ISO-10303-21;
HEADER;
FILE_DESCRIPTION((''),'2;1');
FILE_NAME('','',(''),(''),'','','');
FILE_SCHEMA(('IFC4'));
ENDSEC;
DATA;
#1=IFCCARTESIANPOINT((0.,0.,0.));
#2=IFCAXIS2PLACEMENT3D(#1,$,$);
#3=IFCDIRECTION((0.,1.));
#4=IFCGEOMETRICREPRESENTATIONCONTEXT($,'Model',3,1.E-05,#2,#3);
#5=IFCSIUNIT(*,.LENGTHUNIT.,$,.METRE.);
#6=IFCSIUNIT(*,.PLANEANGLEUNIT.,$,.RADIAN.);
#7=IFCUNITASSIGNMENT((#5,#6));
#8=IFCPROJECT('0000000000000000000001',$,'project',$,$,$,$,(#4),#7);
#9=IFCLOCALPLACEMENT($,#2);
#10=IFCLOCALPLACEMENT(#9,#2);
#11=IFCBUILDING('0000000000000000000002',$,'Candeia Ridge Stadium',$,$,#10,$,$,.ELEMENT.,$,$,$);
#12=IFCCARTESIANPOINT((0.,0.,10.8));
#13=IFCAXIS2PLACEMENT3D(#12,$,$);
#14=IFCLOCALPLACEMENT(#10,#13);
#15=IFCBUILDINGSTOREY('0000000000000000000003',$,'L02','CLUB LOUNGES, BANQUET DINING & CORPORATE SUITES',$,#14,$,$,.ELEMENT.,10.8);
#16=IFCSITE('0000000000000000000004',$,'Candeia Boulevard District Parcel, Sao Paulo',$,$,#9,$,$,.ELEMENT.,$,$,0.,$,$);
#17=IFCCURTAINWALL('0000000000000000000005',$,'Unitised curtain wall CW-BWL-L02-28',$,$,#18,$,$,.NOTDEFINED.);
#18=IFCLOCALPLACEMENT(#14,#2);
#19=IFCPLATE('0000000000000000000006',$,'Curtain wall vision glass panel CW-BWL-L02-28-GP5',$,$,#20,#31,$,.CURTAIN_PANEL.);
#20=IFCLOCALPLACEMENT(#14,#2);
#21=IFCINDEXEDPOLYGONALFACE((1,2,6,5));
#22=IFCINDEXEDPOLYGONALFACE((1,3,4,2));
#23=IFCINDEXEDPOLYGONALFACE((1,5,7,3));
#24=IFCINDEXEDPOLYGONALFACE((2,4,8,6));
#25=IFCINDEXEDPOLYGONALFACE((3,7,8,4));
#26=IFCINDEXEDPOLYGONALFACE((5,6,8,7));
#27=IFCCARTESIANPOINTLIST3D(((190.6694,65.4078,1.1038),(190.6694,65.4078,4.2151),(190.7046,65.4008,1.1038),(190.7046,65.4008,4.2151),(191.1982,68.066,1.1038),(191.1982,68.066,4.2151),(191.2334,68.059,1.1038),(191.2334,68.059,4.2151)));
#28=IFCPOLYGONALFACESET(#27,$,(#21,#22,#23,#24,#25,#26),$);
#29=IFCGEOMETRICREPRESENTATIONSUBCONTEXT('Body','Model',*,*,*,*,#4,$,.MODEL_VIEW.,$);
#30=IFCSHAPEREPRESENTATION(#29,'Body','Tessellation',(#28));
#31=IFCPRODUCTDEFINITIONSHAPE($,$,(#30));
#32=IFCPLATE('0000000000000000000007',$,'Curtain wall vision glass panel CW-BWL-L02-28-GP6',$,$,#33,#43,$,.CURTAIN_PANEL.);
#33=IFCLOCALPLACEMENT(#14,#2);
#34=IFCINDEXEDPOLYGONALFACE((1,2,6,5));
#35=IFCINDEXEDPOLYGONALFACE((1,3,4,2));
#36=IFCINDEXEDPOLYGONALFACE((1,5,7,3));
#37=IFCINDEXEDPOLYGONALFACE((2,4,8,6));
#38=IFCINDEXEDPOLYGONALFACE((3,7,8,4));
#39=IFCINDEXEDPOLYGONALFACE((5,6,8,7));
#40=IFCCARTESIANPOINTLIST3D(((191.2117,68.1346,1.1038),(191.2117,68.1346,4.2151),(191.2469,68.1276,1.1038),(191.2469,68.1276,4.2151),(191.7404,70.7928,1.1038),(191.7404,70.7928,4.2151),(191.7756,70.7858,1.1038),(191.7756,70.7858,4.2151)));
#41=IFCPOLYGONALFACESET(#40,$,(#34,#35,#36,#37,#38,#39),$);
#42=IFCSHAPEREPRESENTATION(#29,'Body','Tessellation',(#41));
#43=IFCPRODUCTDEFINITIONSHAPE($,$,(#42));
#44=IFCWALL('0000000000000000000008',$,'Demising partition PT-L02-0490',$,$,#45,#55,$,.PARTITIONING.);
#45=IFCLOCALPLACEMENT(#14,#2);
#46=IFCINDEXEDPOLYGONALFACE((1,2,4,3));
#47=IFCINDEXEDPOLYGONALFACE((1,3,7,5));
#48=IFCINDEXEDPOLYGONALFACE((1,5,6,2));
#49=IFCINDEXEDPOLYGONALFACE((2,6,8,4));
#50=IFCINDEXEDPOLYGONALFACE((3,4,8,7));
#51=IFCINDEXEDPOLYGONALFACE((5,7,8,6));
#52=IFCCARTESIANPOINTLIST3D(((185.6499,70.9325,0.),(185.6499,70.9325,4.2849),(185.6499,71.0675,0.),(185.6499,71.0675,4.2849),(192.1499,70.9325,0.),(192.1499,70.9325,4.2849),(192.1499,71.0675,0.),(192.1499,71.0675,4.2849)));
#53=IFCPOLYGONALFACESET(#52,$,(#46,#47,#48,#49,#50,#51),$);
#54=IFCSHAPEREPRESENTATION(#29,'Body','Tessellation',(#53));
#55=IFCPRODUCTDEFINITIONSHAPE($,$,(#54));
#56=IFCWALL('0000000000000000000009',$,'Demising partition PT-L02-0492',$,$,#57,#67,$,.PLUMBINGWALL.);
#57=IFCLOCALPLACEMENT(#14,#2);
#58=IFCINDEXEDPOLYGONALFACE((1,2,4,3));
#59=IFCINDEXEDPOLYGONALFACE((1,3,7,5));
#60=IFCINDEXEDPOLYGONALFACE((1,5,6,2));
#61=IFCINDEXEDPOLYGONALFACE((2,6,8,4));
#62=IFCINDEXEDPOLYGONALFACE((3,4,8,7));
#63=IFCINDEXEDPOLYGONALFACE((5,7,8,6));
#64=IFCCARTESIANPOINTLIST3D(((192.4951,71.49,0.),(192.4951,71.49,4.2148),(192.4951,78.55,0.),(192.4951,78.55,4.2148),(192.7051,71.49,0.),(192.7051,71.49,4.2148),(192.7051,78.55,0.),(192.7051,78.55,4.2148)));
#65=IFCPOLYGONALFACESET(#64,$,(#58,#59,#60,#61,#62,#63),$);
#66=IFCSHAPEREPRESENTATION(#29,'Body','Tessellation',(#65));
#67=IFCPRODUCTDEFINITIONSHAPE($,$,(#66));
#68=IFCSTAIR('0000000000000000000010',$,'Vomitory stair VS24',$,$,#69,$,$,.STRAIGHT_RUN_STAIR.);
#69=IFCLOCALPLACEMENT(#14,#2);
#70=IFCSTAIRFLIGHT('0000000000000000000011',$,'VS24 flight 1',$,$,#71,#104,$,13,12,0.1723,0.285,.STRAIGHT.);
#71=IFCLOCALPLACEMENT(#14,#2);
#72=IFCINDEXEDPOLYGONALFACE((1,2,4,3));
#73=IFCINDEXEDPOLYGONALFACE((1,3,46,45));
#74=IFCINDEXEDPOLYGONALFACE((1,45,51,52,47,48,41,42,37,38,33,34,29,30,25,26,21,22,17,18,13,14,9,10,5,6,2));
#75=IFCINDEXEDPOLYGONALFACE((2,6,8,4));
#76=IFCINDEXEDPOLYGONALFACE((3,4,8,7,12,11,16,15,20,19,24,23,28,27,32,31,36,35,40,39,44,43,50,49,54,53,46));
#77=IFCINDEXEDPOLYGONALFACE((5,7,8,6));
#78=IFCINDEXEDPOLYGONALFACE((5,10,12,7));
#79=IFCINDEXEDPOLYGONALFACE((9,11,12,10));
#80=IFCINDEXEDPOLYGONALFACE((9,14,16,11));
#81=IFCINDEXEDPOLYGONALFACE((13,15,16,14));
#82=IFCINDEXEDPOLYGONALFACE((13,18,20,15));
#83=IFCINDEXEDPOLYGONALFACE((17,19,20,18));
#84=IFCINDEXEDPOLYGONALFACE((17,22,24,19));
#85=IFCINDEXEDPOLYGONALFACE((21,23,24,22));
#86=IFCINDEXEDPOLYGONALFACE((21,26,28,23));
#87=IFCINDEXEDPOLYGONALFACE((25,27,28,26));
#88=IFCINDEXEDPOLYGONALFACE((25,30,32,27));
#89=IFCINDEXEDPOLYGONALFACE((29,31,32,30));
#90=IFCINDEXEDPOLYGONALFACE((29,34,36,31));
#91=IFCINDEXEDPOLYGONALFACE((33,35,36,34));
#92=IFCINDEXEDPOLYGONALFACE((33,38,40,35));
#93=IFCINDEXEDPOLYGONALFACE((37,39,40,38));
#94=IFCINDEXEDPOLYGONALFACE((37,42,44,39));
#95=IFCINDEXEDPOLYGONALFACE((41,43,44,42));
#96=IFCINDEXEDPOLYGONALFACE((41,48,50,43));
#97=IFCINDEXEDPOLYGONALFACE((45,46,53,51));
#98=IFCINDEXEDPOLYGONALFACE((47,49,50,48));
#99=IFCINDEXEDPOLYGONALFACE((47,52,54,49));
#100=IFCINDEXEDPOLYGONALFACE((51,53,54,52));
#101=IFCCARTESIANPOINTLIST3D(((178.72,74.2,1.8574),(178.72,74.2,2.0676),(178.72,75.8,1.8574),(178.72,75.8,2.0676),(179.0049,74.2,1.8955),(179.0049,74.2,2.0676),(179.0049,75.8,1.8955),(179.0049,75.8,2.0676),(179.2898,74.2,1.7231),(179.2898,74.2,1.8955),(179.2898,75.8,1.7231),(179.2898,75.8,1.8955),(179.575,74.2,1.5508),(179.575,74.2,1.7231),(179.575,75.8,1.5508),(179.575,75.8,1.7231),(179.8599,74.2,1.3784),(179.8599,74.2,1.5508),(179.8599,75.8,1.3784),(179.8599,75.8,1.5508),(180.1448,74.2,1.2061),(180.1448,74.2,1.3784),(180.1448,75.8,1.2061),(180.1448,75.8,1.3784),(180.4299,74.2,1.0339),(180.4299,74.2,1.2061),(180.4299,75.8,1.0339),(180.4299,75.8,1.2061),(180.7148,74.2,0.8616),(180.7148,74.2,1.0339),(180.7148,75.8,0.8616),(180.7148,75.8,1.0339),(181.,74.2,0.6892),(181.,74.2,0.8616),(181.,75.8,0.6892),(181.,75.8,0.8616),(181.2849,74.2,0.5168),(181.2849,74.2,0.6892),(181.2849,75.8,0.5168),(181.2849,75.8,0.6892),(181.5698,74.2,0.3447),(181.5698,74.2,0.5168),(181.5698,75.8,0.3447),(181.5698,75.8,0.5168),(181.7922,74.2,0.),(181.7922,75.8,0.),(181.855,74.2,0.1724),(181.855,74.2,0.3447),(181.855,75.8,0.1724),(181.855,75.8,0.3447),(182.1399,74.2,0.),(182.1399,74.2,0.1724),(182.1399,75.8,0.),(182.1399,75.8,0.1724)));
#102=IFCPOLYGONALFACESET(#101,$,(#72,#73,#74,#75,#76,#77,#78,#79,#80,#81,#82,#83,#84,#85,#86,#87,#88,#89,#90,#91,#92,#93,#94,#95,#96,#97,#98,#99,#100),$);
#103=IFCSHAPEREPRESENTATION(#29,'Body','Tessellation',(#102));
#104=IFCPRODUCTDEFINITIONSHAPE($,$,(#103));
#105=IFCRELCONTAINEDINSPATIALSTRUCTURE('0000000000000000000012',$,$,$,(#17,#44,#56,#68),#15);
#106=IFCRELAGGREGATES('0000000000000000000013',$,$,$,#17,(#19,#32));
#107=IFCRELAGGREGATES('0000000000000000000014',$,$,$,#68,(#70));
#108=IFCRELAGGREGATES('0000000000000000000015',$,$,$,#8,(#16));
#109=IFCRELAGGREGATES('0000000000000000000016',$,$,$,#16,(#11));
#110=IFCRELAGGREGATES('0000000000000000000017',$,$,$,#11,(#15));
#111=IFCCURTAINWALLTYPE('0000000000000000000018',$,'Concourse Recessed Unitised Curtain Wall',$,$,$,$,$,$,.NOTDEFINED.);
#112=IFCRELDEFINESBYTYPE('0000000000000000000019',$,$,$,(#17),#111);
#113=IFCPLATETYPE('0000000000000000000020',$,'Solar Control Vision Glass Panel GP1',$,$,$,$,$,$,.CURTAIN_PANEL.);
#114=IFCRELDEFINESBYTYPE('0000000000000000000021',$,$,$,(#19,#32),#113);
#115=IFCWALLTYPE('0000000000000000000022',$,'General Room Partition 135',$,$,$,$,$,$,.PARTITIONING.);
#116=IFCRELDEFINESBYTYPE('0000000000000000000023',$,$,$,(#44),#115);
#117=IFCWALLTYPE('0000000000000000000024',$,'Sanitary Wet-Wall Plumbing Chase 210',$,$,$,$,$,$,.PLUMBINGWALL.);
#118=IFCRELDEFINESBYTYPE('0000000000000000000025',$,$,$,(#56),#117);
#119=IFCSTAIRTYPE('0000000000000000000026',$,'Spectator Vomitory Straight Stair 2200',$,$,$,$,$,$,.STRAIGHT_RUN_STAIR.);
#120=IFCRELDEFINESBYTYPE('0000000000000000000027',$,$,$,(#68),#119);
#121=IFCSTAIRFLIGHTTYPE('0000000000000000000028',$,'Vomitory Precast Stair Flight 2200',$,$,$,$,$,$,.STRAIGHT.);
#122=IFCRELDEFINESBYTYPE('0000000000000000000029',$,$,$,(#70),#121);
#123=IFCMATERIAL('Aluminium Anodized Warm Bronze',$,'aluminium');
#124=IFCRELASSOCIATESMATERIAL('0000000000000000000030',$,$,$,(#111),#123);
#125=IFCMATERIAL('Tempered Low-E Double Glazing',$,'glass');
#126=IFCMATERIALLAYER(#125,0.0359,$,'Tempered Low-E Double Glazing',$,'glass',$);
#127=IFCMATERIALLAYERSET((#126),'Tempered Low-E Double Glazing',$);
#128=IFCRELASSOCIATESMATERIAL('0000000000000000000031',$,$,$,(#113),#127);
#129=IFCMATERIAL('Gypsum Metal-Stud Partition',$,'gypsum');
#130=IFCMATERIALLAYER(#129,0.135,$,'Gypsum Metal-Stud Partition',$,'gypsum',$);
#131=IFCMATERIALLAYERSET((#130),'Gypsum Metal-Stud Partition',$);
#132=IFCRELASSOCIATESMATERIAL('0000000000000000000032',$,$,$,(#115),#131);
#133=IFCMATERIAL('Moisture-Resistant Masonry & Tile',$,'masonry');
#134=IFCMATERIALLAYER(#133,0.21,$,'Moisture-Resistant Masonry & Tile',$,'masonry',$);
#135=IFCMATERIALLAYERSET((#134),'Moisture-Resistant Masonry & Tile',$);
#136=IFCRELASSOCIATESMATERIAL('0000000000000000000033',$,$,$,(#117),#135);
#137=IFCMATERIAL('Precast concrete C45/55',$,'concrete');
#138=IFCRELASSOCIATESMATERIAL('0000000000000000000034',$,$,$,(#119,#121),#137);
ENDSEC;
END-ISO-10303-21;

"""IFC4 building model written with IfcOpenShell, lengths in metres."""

from ifc_helpers import new_model, si_unit, direction, frame, frame_2d, origin, origin_2d, place, context, subcontext, project, spatial, polyline, rectangle, outline, extrude, material, layer, layer_set, type_object, element, aggregate, save


model = new_model("IFC4")

# Units and contexts
model_context = context("Model", 3, precision=1e-05, world=origin(), true_north=direction((0.0, 1.0)))
body_context = subcontext(model_context, "Body", "Model", "MODEL_VIEW")
ifc_project = project(units=[si_unit("LENGTHUNIT", "METRE"), si_unit("PLANEANGLEUNIT", "RADIAN")], contexts=[model_context])

# Site, building, storey
site_placement = place(None, origin())
site = spatial("IfcSite", under=ifc_project, at=site_placement, Name="Candeia Boulevard District Parcel, Sao Paulo", CompositionType="ELEMENT", RefElevation=0.0)
building_placement = place(site_placement, origin())
building = spatial("IfcBuilding", under=site, at=building_placement, Name="Candeia Ridge Stadium", CompositionType="ELEMENT")
storey_placement = place(building_placement, frame((0.0, 0.0, 10.8)))
storey = spatial("IfcBuildingStorey", under=building, at=storey_placement, Name="L02", Description="CLUB LOUNGES, BANQUET DINING & CORPORATE SUITES", CompositionType="ELEMENT", Elevation=10.8)

# Curtain wall
ifc_material_1 = material(Name="Aluminium Anodized Warm Bronze", Category="aluminium")
curtain_wall_type = type_object("IfcCurtainWallType", Name="Concourse Recessed Unitised Curtain Wall", PredefinedType="NOTDEFINED", material=ifc_material_1)
curtain_wall_placement = place(storey_placement, origin())
curtain_wall = element("IfcCurtainWall", 1, at=curtain_wall_placement, inside=storey, type_object=curtain_wall_type, Name="Unitised curtain wall CW-BWL-L02-28", PredefinedType="NOTDEFINED")

# Shared definitions
ifc_material_2 = material(Name="Precast concrete C45/55", Category="concrete")

# Plates
ifc_material_3 = material(Name="Tempered Low-E Double Glazing", Category="glass")
ifc_layer_1 = layer(ifc_material_3, 0.0359, Name="Tempered Low-E Double Glazing", Category="glass")
ifc_layer_set_1 = layer_set([ifc_layer_1], Name="Tempered Low-E Double Glazing")
plate_type_1 = type_object("IfcPlateType", Name="Solar Control Vision Glass Panel GP1", PredefinedType="CURTAIN_PANEL", material=ifc_layer_set_1)
plate_1_placement = place(storey_placement, frame((190.9514, 66.7334, 1.1038), z_axis=(0.0, 0.0, 1.0), x_axis=(0.19509, 0.980785, 0.0)))
plate_1 = element("IfcPlate", 2, at=plate_1_placement, type_object=plate_type_1, Name="Curtain wall vision glass panel CW-BWL-L02-28-GP5", PredefinedType="CURTAIN_PANEL", context=body_context, shape_type="SweptSolid", body=[
    extrude(rectangle(XDim=2.7102, YDim=0.0359, at=origin_2d()), origin(), (0.0, 0.0, 1.0), 3.1113),
])
plate_2_placement = place(storey_placement, frame((191.4937, 69.4602, 1.1038), z_axis=(0.0, 0.0, 1.0), x_axis=(0.19509, 0.980785, 0.0)))
plate_2 = element("IfcPlate", 3, at=plate_2_placement, type_object=plate_type_1, Name="Curtain wall vision glass panel CW-BWL-L02-28-GP6", PredefinedType="CURTAIN_PANEL", context=body_context, shape_type="SweptSolid", body=[
    extrude(rectangle(XDim=2.7102, YDim=0.0359, at=origin_2d()), origin(), (0.0, 0.0, 1.0), 3.1113),
])
aggregate(curtain_wall, [plate_1, plate_2])

# Walls
ifc_material_4 = material(Name="Gypsum Metal-Stud Partition", Category="gypsum")
ifc_layer_2 = layer(ifc_material_4, 0.135, Name="Gypsum Metal-Stud Partition", Category="gypsum")
ifc_layer_set_2 = layer_set([ifc_layer_2], Name="Gypsum Metal-Stud Partition")
wall_type_1 = type_object("IfcWallType", Name="General Room Partition 135", PredefinedType="PARTITIONING", material=ifc_layer_set_2)
wall_1_placement = place(storey_placement, frame((185.6499, 71.0, 0.0), z_axis=(0.0, 0.0, 1.0), x_axis=(1.0, 0.0, 0.0)))
element("IfcWall", 4, at=wall_1_placement, inside=storey, type_object=wall_type_1, Name="Demising partition PT-L02-0490", PredefinedType="PARTITIONING", context=body_context, shape_type="SweptSolid", body=[
    extrude(rectangle(XDim=6.5, YDim=0.135, at=frame_2d((3.25, 0.0))), origin(), (0.0, 0.0, 1.0), 4.2849),
])
ifc_material_5 = material(Name="Moisture-Resistant Masonry & Tile", Category="masonry")
ifc_layer_3 = layer(ifc_material_5, 0.21, Name="Moisture-Resistant Masonry & Tile", Category="masonry")
ifc_layer_set_3 = layer_set([ifc_layer_3], Name="Moisture-Resistant Masonry & Tile")
wall_type_2 = type_object("IfcWallType", Name="Sanitary Wet-Wall Plumbing Chase 210", PredefinedType="PLUMBINGWALL", material=ifc_layer_set_3)
wall_2_placement = place(storey_placement, frame((192.6001, 78.55, 0.0), z_axis=(0.0, 0.0, 1.0), x_axis=(0.0, -1.0, 0.0)))
element("IfcWall", 5, at=wall_2_placement, inside=storey, type_object=wall_type_2, Name="Demising partition PT-L02-0492", PredefinedType="PLUMBINGWALL", context=body_context, shape_type="SweptSolid", body=[
    extrude(rectangle(XDim=7.0601, YDim=0.21, at=frame_2d((3.53, 0.0))), origin(), (0.0, 0.0, 1.0), 4.2148),
])

# Stair, stair flight
stair_type = type_object("IfcStairType", Name="Spectator Vomitory Straight Stair 2200", PredefinedType="STRAIGHT_RUN_STAIR", material=ifc_material_2)
stair_placement = place(storey_placement, origin())
stair = element("IfcStair", 6, at=stair_placement, inside=storey, type_object=stair_type, Name="Vomitory stair VS24", PredefinedType="STRAIGHT_RUN_STAIR")
stair_flight_type = type_object("IfcStairFlightType", Name="Vomitory Precast Stair Flight 2200", PredefinedType="STRAIGHT", material=ifc_material_2)
stair_flight_placement = place(storey_placement, frame((182.1399, 75.0, 0.0), z_axis=(0.0, 0.0, 1.0), x_axis=(-1.0, 0.0, 0.0)))
stair_flight = element("IfcStairFlight", 7, at=stair_flight_placement, type_object=stair_flight_type, Name="VS24 flight 1", NumberOfRisers=13, NumberOfTreads=12, PredefinedType="STRAIGHT", RiserHeight=0.1723, TreadLength=0.285, context=body_context, shape_type="SweptSolid", body=[
    extrude(outline(polyline([(0.0, 0.0), (0.0, 0.1724), (0.2849, 0.1724), (0.2849, 0.3447), (0.5701, 0.3447), (0.5701, 0.5168), (0.855, 0.5168), (0.855, 0.6892), (1.1399, 0.6892), (1.1399, 0.8616), (1.425, 0.8616), (1.425, 1.0339), (1.71, 1.0339), (1.71, 1.2061), (1.9951, 1.2061), (1.9951, 1.3784), (2.28, 1.3784), (2.28, 1.5508), (2.5649, 1.5508), (2.5649, 1.7231), (2.8501, 1.7231), (2.8501, 1.8955), (3.135, 1.8955), (3.135, 2.0676), (3.4199, 2.0676), (3.4199, 2.24), (3.4199, 1.8574), (0.3477, 0.0), (0.0, 0.0)])), frame((0.0, 0.8, 0.0), z_axis=(0.0, -1.0, 0.0), x_axis=(1.0, 0.0, 0.0)), (0.0, 0.0, 1.0), 1.6001),
])
aggregate(stair, [stair_flight])

save(model, "model.ifc")
